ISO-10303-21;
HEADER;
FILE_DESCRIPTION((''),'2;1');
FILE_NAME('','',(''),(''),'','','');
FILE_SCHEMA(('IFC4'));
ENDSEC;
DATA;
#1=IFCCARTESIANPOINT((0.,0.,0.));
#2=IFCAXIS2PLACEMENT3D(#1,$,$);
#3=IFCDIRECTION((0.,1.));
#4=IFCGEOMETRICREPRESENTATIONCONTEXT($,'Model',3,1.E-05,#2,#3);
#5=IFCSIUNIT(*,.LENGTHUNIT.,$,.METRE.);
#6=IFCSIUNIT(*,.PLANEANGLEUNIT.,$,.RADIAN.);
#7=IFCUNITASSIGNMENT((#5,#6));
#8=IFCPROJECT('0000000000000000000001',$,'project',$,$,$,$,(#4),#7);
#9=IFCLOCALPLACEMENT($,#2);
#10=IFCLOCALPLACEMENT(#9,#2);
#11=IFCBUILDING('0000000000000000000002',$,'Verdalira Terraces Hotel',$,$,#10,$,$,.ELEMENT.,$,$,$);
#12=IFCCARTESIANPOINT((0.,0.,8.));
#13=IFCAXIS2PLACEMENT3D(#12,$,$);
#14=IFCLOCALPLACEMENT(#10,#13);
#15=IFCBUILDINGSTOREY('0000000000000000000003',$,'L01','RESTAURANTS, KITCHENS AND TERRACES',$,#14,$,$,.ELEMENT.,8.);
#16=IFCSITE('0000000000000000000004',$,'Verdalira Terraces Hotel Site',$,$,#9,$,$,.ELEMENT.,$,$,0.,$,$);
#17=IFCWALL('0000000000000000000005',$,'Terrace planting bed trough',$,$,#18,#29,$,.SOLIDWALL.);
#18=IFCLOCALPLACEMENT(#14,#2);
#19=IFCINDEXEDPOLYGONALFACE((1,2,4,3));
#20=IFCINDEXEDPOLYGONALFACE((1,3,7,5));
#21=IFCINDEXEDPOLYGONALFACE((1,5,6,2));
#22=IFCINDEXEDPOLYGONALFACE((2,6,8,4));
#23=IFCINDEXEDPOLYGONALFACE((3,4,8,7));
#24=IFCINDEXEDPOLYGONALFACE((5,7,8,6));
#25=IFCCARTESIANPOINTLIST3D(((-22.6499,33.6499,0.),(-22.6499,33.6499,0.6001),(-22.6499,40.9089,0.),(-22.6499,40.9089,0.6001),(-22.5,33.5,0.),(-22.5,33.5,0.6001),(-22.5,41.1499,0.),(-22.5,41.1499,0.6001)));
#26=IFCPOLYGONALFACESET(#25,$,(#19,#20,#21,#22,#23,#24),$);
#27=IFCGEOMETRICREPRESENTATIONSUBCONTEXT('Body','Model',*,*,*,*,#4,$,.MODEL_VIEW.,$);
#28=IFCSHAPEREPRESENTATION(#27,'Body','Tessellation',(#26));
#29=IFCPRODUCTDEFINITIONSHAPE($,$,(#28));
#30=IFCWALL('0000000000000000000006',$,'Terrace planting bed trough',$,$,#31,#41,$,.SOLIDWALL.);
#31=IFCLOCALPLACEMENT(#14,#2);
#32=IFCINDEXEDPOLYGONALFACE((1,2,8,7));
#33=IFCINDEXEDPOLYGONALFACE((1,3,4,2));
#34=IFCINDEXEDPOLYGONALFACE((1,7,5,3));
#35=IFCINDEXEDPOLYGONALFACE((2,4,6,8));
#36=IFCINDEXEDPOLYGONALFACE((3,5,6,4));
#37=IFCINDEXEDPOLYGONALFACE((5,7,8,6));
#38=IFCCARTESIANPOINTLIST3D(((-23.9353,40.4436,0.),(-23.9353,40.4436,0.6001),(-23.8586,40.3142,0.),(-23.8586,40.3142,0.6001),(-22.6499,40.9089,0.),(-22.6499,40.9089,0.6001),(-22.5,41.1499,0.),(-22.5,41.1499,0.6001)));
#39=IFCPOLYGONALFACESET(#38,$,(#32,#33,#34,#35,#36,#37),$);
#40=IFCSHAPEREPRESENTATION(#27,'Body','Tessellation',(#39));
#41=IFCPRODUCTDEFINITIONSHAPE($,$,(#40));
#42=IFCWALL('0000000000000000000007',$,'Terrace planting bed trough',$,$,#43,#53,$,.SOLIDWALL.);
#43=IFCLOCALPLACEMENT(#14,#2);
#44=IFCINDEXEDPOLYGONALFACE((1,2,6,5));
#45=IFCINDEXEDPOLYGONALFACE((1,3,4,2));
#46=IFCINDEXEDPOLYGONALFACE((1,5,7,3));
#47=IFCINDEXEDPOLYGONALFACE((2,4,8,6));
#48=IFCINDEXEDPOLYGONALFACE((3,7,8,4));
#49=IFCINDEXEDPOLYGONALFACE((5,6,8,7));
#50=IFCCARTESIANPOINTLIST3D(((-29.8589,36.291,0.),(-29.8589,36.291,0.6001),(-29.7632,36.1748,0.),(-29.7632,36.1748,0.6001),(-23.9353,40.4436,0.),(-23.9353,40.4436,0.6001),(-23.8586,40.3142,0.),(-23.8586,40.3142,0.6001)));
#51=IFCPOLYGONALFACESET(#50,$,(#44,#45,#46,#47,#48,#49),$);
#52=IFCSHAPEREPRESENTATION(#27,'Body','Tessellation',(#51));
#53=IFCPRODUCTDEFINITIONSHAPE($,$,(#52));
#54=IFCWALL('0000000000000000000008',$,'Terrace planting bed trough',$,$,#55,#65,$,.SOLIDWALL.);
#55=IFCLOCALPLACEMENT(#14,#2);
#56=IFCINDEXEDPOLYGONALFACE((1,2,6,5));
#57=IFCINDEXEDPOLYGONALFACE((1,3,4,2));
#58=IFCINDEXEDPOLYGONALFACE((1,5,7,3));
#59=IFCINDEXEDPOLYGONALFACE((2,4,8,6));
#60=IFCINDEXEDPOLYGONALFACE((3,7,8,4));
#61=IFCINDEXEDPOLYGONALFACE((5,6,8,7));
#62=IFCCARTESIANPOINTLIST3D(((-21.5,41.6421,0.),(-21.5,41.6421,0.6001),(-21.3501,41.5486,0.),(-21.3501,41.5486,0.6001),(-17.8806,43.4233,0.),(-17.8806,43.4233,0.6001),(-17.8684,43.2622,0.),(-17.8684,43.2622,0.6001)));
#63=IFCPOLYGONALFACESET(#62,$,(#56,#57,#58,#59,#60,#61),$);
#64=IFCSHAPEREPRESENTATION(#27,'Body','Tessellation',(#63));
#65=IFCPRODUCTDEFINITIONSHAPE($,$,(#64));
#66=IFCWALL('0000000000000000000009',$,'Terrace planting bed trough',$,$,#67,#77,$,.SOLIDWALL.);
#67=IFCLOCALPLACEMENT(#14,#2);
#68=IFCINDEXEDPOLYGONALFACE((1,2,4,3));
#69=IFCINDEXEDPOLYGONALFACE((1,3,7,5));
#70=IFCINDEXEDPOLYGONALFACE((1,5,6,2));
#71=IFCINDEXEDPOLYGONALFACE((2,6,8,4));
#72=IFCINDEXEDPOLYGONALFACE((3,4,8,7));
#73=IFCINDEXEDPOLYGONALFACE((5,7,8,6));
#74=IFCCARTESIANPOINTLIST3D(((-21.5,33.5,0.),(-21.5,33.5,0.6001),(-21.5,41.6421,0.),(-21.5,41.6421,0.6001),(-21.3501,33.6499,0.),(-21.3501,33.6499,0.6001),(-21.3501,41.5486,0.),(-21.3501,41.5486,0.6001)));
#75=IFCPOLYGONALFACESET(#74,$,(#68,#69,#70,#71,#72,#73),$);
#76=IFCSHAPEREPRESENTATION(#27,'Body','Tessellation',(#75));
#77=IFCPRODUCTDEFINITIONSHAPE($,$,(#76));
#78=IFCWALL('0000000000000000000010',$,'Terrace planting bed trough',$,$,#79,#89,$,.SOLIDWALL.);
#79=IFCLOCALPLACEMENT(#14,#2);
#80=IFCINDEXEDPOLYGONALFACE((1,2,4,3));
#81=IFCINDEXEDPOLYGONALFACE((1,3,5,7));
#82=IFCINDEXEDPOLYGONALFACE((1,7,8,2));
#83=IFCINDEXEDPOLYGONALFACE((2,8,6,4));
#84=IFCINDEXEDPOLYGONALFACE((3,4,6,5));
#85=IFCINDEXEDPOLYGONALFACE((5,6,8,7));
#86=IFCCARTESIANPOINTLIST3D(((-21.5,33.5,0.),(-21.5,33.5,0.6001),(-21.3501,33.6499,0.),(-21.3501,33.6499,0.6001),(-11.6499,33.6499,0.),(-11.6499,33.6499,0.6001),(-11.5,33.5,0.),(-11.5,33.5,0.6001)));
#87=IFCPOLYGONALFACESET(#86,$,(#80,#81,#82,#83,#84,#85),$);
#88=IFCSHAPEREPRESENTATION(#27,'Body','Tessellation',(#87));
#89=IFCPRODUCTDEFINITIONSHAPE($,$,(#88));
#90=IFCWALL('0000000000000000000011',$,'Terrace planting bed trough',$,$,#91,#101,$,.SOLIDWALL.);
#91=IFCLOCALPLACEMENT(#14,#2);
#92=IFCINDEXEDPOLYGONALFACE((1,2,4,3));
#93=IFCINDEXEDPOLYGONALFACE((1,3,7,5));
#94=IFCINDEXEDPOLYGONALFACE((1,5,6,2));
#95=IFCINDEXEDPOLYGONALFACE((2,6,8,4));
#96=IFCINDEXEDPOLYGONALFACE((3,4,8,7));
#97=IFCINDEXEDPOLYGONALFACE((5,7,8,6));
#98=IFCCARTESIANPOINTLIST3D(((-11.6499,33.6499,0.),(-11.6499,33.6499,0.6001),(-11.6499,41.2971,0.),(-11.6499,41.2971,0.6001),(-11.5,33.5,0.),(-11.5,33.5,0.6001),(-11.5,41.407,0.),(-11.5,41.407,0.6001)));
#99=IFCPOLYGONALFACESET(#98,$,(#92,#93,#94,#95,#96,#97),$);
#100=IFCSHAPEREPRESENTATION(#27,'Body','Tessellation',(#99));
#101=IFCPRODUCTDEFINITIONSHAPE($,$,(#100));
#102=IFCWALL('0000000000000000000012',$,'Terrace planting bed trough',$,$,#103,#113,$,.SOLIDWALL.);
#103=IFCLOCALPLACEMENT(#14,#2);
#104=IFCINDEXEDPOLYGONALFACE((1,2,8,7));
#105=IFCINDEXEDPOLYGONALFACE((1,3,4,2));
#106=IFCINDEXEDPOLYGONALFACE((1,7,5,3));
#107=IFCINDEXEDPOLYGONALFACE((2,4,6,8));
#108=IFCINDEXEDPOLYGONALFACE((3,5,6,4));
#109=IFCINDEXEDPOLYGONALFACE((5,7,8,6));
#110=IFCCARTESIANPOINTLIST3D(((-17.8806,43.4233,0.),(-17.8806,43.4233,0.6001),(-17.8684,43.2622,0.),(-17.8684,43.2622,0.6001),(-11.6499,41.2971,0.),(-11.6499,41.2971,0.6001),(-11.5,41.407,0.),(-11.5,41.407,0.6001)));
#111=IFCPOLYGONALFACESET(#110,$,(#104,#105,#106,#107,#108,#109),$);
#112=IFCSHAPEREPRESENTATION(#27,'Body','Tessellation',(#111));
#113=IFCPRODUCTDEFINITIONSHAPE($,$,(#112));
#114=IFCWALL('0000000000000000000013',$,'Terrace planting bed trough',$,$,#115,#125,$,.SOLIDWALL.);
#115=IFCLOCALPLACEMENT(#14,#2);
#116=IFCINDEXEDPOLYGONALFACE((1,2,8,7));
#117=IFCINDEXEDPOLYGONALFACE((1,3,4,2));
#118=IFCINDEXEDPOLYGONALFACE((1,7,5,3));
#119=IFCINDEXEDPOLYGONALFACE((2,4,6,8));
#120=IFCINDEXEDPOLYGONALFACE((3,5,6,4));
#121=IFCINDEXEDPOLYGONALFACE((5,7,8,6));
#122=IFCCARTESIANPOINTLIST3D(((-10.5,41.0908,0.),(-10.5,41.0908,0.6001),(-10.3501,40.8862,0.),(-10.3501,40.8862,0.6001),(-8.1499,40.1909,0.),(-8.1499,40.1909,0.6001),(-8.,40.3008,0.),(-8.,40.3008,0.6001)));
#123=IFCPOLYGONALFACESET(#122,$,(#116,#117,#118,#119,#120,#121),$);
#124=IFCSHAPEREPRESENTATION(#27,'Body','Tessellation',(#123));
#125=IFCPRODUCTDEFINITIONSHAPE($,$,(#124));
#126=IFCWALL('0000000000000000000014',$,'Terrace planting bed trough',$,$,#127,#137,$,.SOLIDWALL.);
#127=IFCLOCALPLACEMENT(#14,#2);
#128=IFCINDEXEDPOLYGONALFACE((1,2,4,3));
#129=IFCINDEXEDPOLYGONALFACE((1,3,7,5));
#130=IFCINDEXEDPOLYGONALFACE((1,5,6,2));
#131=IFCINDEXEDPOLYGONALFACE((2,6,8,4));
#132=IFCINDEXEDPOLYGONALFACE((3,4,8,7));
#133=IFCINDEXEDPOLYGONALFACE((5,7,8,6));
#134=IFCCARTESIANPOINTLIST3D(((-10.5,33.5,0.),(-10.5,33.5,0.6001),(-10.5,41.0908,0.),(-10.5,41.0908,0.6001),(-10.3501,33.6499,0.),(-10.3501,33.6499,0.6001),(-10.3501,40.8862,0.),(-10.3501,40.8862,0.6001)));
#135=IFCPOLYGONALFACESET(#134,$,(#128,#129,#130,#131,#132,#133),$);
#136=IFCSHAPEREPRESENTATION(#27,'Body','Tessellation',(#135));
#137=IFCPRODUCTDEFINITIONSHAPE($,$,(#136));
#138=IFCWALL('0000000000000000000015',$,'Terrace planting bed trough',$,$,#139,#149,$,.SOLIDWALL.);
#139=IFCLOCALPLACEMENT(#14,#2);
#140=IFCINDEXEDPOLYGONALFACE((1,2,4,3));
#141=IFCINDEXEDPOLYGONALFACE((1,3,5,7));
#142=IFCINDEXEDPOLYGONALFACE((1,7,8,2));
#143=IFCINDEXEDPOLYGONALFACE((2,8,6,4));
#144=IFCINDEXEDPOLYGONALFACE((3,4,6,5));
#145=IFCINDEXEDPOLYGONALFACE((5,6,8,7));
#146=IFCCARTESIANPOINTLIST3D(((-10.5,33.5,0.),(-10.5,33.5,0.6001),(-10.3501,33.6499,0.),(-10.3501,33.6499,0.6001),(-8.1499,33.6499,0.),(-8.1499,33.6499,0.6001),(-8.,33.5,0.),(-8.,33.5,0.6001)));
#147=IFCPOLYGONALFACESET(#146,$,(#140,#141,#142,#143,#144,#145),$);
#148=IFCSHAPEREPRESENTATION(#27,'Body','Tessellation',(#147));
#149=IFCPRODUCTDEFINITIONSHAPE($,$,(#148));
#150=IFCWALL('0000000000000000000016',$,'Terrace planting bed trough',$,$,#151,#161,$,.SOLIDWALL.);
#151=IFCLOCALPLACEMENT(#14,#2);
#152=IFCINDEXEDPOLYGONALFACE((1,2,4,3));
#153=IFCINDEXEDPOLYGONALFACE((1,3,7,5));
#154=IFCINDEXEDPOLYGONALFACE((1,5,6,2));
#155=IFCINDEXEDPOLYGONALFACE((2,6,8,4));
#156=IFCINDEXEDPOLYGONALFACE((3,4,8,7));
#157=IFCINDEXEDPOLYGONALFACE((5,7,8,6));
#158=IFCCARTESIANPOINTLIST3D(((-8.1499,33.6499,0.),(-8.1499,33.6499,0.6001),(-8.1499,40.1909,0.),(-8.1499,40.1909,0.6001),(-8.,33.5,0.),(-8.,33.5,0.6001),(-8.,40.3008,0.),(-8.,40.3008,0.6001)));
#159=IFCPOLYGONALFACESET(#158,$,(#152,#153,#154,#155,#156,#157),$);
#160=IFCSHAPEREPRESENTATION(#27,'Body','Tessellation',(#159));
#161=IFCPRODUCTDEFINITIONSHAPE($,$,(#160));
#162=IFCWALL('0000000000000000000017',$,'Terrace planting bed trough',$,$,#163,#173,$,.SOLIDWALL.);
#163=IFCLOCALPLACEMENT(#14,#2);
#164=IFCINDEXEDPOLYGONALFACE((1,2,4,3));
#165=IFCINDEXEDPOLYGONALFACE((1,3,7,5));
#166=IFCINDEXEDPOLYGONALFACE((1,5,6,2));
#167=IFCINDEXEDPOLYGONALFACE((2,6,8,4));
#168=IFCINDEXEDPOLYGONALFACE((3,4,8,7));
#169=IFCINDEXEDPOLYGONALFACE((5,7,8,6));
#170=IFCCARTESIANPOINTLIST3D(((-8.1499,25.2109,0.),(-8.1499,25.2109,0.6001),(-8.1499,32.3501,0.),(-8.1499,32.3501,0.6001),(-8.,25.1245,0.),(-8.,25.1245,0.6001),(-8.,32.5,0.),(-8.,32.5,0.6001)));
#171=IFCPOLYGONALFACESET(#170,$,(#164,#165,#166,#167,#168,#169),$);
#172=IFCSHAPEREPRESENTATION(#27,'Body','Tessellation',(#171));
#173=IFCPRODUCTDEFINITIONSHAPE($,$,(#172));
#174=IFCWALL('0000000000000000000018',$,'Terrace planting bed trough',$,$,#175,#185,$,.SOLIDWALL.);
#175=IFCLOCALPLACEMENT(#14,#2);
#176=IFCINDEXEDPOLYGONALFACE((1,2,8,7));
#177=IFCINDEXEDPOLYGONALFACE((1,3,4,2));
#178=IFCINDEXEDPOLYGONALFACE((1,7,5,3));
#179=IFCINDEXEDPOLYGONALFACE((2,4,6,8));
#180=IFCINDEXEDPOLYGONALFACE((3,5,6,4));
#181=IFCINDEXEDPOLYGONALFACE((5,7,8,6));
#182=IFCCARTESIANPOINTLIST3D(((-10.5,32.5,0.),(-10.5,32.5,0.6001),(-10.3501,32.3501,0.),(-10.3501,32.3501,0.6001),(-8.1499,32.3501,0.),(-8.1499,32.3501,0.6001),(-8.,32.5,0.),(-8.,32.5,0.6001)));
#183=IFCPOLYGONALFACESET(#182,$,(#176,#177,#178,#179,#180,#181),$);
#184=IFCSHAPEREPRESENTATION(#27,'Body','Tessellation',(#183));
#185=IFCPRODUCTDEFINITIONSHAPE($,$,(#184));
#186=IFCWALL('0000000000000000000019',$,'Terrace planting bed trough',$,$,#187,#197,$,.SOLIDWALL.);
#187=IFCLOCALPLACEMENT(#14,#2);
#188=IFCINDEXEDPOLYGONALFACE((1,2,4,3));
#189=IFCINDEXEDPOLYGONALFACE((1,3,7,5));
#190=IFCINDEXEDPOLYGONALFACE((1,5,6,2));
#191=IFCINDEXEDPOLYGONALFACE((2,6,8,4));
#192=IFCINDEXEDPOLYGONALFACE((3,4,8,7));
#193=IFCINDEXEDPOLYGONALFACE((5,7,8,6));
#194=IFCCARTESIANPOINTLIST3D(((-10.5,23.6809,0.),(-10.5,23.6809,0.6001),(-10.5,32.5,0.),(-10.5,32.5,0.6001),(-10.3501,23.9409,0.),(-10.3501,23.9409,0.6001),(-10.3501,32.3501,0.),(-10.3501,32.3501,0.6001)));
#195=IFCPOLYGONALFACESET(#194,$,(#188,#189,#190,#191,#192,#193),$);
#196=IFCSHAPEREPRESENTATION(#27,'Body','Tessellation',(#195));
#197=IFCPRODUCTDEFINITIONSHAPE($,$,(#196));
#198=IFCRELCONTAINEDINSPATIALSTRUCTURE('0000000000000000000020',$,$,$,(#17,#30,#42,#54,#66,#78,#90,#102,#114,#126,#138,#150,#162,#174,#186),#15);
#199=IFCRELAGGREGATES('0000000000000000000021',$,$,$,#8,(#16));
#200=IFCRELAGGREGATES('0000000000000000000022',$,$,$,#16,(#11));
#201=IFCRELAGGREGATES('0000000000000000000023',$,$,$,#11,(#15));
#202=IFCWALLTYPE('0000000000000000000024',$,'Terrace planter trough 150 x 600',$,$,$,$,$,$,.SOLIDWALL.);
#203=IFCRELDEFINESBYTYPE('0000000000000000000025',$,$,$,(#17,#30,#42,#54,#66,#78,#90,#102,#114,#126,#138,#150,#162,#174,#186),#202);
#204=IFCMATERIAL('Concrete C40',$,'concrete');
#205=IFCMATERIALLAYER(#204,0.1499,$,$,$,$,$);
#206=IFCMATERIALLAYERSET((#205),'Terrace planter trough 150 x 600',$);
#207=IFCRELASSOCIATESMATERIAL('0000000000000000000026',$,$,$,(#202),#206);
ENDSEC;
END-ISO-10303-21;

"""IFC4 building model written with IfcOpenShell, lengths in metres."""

from ifc_helpers import new_model, si_unit, direction, frame, origin, place, context, subcontext, project, spatial, polyline, outline, extrude, material, layer, layer_set, type_object, element, save


model = new_model("IFC4")

# Units and contexts
model_context = context("Model", 3, precision=1e-05, world=origin(), true_north=direction((0.0, 1.0)))
body_context = subcontext(model_context, "Body", "Model", "MODEL_VIEW")
ifc_project = project(units=[si_unit("LENGTHUNIT", "METRE"), si_unit("PLANEANGLEUNIT", "RADIAN")], contexts=[model_context])

# Site, building, storey
site_placement = place(None, origin())
site = spatial("IfcSite", under=ifc_project, at=site_placement, Name="Verdalira Terraces Hotel Site", CompositionType="ELEMENT", RefElevation=0.0)
building_placement = place(site_placement, origin())
building = spatial("IfcBuilding", under=site, at=building_placement, Name="Verdalira Terraces Hotel", CompositionType="ELEMENT")
storey_placement = place(building_placement, frame((0.0, 0.0, 8.0)))
storey = spatial("IfcBuildingStorey", under=building, at=storey_placement, Name="L01", Description="RESTAURANTS, KITCHENS AND TERRACES", CompositionType="ELEMENT", Elevation=8.0)

# Walls
ifc_material_1 = material(Name="Concrete C40", Category="concrete")
ifc_layer_1 = layer(ifc_material_1, 0.1499)
ifc_layer_set_1 = layer_set([ifc_layer_1], Name="Terrace planter trough 150 x 600")
wall_type_1 = type_object("IfcWallType", Name="Terrace planter trough 150 x 600", PredefinedType="SOLIDWALL", material=ifc_layer_set_1)
wall_1_placement = place(storey_placement, origin())
element("IfcWall", 1, at=wall_1_placement, inside=storey, type_object=wall_type_1, Name="Terrace planting bed trough", PredefinedType="SOLIDWALL", context=body_context, shape_type="SweptSolid", body=[
    extrude(outline(polyline([(-22.5, 33.5), (-22.5, 41.1499), (-22.6499, 40.9089), (-22.6499, 33.6499), (-22.5, 33.5)])), origin(), (0.0, 0.0, 1.0), 0.6001),
])
wall_2_placement = place(storey_placement, origin())
element("IfcWall", 2, at=wall_2_placement, inside=storey, type_object=wall_type_1, Name="Terrace planting bed trough", PredefinedType="SOLIDWALL", context=body_context, shape_type="SweptSolid", body=[
    extrude(outline(polyline([(-22.5, 41.1499), (-23.9353, 40.4436), (-23.8586, 40.3142), (-22.6499, 40.9089), (-22.5, 41.1499)])), origin(), (0.0, 0.0, 1.0), 0.6001),
])
wall_3_placement = place(storey_placement, origin())
element("IfcWall", 3, at=wall_3_placement, inside=storey, type_object=wall_type_1, Name="Terrace planting bed trough", PredefinedType="SOLIDWALL", context=body_context, shape_type="SweptSolid", body=[
    extrude(outline(polyline([(-23.9353, 40.4436), (-29.8589, 36.291), (-29.7632, 36.1748), (-23.8586, 40.3142), (-23.9353, 40.4436)])), origin(), (0.0, 0.0, 1.0), 0.6001),
])
wall_4_placement = place(storey_placement, origin())
element("IfcWall", 4, at=wall_4_placement, inside=storey, type_object=wall_type_1, Name="Terrace planting bed trough", PredefinedType="SOLIDWALL", context=body_context, shape_type="SweptSolid", body=[
    extrude(outline(polyline([(-17.8806, 43.4233), (-21.5, 41.6421), (-21.3501, 41.5486), (-17.8684, 43.2622), (-17.8806, 43.4233)])), origin(), (0.0, 0.0, 1.0), 0.6001),
])
wall_5_placement = place(storey_placement, origin())
element("IfcWall", 5, at=wall_5_placement, inside=storey, type_object=wall_type_1, Name="Terrace planting bed trough", PredefinedType="SOLIDWALL", context=body_context, shape_type="SweptSolid", body=[
    extrude(outline(polyline([(-21.5, 41.6421), (-21.5, 33.5), (-21.3501, 33.6499), (-21.3501, 41.5486), (-21.5, 41.6421)])), origin(), (0.0, 0.0, 1.0), 0.6001),
])
wall_6_placement = place(storey_placement, origin())
element("IfcWall", 6, at=wall_6_placement, inside=storey, type_object=wall_type_1, Name="Terrace planting bed trough", PredefinedType="SOLIDWALL", context=body_context, shape_type="SweptSolid", body=[
    extrude(outline(polyline([(-21.5, 33.5), (-11.5, 33.5), (-11.6499, 33.6499), (-21.3501, 33.6499), (-21.5, 33.5)])), origin(), (0.0, 0.0, 1.0), 0.6001),
])
wall_7_placement = place(storey_placement, origin())
element("IfcWall", 7, at=wall_7_placement, inside=storey, type_object=wall_type_1, Name="Terrace planting bed trough", PredefinedType="SOLIDWALL", context=body_context, shape_type="SweptSolid", body=[
    extrude(outline(polyline([(-11.5, 33.5), (-11.5, 41.407), (-11.6499, 41.2971), (-11.6499, 33.6499), (-11.5, 33.5)])), origin(), (0.0, 0.0, 1.0), 0.6001),
])
wall_8_placement = place(storey_placement, origin())
element("IfcWall", 8, at=wall_8_placement, inside=storey, type_object=wall_type_1, Name="Terrace planting bed trough", PredefinedType="SOLIDWALL", context=body_context, shape_type="SweptSolid", body=[
    extrude(outline(polyline([(-11.5, 41.407), (-17.8806, 43.4233), (-17.8684, 43.2622), (-11.6499, 41.2971), (-11.5, 41.407)])), origin(), (0.0, 0.0, 1.0), 0.6001),
])
wall_9_placement = place(storey_placement, origin())
element("IfcWall", 9, at=wall_9_placement, inside=storey, type_object=wall_type_1, Name="Terrace planting bed trough", PredefinedType="SOLIDWALL", context=body_context, shape_type="SweptSolid", body=[
    extrude(outline(polyline([(-8.0, 40.3008), (-10.5, 41.0908), (-10.3501, 40.8862), (-8.1499, 40.1909), (-8.0, 40.3008)])), origin(), (0.0, 0.0, 1.0), 0.6001),
])
wall_10_placement = place(storey_placement, origin())
element("IfcWall", 10, at=wall_10_placement, inside=storey, type_object=wall_type_1, Name="Terrace planting bed trough", PredefinedType="SOLIDWALL", context=body_context, shape_type="SweptSolid", body=[
    extrude(outline(polyline([(-10.5, 41.0908), (-10.5, 33.5), (-10.3501, 33.6499), (-10.3501, 40.8862), (-10.5, 41.0908)])), origin(), (0.0, 0.0, 1.0), 0.6001),
])
wall_11_placement = place(storey_placement, origin())
element("IfcWall", 11, at=wall_11_placement, inside=storey, type_object=wall_type_1, Name="Terrace planting bed trough", PredefinedType="SOLIDWALL", context=body_context, shape_type="SweptSolid", body=[
    extrude(outline(polyline([(-10.5, 33.5), (-8.0, 33.5), (-8.1499, 33.6499), (-10.3501, 33.6499), (-10.5, 33.5)])), origin(), (0.0, 0.0, 1.0), 0.6001),
])
wall_12_placement = place(storey_placement, origin())
element("IfcWall", 12, at=wall_12_placement, inside=storey, type_object=wall_type_1, Name="Terrace planting bed trough", PredefinedType="SOLIDWALL", context=body_context, shape_type="SweptSolid", body=[
    extrude(outline(polyline([(-8.0, 33.5), (-8.0, 40.3008), (-8.1499, 40.1909), (-8.1499, 33.6499), (-8.0, 33.5)])), origin(), (0.0, 0.0, 1.0), 0.6001),
])
wall_13_placement = place(storey_placement, origin())
element("IfcWall", 13, at=wall_13_placement, inside=storey, type_object=wall_type_1, Name="Terrace planting bed trough", PredefinedType="SOLIDWALL", context=body_context, shape_type="SweptSolid", body=[
    extrude(outline(polyline([(-8.0, 25.1245), (-8.0, 32.5), (-8.1499, 32.3501), (-8.1499, 25.2109), (-8.0, 25.1245)])), origin(), (0.0, 0.0, 1.0), 0.6001),
])
wall_14_placement = place(storey_placement, origin())
element("IfcWall", 14, at=wall_14_placement, inside=storey, type_object=wall_type_1, Name="Terrace planting bed trough", PredefinedType="SOLIDWALL", context=body_context, shape_type="SweptSolid", body=[
    extrude(outline(polyline([(-8.0, 32.5), (-10.5, 32.5), (-10.3501, 32.3501), (-8.1499, 32.3501), (-8.0, 32.5)])), origin(), (0.0, 0.0, 1.0), 0.6001),
])
wall_15_placement = place(storey_placement, origin())
element("IfcWall", 15, at=wall_15_placement, inside=storey, type_object=wall_type_1, Name="Terrace planting bed trough", PredefinedType="SOLIDWALL", context=body_context, shape_type="SweptSolid", body=[
    extrude(outline(polyline([(-10.5, 32.5), (-10.5, 23.6809), (-10.3501, 23.9409), (-10.3501, 32.3501), (-10.5, 32.5)])), origin(), (0.0, 0.0, 1.0), 0.6001),
])

save(model, "model.ifc")
